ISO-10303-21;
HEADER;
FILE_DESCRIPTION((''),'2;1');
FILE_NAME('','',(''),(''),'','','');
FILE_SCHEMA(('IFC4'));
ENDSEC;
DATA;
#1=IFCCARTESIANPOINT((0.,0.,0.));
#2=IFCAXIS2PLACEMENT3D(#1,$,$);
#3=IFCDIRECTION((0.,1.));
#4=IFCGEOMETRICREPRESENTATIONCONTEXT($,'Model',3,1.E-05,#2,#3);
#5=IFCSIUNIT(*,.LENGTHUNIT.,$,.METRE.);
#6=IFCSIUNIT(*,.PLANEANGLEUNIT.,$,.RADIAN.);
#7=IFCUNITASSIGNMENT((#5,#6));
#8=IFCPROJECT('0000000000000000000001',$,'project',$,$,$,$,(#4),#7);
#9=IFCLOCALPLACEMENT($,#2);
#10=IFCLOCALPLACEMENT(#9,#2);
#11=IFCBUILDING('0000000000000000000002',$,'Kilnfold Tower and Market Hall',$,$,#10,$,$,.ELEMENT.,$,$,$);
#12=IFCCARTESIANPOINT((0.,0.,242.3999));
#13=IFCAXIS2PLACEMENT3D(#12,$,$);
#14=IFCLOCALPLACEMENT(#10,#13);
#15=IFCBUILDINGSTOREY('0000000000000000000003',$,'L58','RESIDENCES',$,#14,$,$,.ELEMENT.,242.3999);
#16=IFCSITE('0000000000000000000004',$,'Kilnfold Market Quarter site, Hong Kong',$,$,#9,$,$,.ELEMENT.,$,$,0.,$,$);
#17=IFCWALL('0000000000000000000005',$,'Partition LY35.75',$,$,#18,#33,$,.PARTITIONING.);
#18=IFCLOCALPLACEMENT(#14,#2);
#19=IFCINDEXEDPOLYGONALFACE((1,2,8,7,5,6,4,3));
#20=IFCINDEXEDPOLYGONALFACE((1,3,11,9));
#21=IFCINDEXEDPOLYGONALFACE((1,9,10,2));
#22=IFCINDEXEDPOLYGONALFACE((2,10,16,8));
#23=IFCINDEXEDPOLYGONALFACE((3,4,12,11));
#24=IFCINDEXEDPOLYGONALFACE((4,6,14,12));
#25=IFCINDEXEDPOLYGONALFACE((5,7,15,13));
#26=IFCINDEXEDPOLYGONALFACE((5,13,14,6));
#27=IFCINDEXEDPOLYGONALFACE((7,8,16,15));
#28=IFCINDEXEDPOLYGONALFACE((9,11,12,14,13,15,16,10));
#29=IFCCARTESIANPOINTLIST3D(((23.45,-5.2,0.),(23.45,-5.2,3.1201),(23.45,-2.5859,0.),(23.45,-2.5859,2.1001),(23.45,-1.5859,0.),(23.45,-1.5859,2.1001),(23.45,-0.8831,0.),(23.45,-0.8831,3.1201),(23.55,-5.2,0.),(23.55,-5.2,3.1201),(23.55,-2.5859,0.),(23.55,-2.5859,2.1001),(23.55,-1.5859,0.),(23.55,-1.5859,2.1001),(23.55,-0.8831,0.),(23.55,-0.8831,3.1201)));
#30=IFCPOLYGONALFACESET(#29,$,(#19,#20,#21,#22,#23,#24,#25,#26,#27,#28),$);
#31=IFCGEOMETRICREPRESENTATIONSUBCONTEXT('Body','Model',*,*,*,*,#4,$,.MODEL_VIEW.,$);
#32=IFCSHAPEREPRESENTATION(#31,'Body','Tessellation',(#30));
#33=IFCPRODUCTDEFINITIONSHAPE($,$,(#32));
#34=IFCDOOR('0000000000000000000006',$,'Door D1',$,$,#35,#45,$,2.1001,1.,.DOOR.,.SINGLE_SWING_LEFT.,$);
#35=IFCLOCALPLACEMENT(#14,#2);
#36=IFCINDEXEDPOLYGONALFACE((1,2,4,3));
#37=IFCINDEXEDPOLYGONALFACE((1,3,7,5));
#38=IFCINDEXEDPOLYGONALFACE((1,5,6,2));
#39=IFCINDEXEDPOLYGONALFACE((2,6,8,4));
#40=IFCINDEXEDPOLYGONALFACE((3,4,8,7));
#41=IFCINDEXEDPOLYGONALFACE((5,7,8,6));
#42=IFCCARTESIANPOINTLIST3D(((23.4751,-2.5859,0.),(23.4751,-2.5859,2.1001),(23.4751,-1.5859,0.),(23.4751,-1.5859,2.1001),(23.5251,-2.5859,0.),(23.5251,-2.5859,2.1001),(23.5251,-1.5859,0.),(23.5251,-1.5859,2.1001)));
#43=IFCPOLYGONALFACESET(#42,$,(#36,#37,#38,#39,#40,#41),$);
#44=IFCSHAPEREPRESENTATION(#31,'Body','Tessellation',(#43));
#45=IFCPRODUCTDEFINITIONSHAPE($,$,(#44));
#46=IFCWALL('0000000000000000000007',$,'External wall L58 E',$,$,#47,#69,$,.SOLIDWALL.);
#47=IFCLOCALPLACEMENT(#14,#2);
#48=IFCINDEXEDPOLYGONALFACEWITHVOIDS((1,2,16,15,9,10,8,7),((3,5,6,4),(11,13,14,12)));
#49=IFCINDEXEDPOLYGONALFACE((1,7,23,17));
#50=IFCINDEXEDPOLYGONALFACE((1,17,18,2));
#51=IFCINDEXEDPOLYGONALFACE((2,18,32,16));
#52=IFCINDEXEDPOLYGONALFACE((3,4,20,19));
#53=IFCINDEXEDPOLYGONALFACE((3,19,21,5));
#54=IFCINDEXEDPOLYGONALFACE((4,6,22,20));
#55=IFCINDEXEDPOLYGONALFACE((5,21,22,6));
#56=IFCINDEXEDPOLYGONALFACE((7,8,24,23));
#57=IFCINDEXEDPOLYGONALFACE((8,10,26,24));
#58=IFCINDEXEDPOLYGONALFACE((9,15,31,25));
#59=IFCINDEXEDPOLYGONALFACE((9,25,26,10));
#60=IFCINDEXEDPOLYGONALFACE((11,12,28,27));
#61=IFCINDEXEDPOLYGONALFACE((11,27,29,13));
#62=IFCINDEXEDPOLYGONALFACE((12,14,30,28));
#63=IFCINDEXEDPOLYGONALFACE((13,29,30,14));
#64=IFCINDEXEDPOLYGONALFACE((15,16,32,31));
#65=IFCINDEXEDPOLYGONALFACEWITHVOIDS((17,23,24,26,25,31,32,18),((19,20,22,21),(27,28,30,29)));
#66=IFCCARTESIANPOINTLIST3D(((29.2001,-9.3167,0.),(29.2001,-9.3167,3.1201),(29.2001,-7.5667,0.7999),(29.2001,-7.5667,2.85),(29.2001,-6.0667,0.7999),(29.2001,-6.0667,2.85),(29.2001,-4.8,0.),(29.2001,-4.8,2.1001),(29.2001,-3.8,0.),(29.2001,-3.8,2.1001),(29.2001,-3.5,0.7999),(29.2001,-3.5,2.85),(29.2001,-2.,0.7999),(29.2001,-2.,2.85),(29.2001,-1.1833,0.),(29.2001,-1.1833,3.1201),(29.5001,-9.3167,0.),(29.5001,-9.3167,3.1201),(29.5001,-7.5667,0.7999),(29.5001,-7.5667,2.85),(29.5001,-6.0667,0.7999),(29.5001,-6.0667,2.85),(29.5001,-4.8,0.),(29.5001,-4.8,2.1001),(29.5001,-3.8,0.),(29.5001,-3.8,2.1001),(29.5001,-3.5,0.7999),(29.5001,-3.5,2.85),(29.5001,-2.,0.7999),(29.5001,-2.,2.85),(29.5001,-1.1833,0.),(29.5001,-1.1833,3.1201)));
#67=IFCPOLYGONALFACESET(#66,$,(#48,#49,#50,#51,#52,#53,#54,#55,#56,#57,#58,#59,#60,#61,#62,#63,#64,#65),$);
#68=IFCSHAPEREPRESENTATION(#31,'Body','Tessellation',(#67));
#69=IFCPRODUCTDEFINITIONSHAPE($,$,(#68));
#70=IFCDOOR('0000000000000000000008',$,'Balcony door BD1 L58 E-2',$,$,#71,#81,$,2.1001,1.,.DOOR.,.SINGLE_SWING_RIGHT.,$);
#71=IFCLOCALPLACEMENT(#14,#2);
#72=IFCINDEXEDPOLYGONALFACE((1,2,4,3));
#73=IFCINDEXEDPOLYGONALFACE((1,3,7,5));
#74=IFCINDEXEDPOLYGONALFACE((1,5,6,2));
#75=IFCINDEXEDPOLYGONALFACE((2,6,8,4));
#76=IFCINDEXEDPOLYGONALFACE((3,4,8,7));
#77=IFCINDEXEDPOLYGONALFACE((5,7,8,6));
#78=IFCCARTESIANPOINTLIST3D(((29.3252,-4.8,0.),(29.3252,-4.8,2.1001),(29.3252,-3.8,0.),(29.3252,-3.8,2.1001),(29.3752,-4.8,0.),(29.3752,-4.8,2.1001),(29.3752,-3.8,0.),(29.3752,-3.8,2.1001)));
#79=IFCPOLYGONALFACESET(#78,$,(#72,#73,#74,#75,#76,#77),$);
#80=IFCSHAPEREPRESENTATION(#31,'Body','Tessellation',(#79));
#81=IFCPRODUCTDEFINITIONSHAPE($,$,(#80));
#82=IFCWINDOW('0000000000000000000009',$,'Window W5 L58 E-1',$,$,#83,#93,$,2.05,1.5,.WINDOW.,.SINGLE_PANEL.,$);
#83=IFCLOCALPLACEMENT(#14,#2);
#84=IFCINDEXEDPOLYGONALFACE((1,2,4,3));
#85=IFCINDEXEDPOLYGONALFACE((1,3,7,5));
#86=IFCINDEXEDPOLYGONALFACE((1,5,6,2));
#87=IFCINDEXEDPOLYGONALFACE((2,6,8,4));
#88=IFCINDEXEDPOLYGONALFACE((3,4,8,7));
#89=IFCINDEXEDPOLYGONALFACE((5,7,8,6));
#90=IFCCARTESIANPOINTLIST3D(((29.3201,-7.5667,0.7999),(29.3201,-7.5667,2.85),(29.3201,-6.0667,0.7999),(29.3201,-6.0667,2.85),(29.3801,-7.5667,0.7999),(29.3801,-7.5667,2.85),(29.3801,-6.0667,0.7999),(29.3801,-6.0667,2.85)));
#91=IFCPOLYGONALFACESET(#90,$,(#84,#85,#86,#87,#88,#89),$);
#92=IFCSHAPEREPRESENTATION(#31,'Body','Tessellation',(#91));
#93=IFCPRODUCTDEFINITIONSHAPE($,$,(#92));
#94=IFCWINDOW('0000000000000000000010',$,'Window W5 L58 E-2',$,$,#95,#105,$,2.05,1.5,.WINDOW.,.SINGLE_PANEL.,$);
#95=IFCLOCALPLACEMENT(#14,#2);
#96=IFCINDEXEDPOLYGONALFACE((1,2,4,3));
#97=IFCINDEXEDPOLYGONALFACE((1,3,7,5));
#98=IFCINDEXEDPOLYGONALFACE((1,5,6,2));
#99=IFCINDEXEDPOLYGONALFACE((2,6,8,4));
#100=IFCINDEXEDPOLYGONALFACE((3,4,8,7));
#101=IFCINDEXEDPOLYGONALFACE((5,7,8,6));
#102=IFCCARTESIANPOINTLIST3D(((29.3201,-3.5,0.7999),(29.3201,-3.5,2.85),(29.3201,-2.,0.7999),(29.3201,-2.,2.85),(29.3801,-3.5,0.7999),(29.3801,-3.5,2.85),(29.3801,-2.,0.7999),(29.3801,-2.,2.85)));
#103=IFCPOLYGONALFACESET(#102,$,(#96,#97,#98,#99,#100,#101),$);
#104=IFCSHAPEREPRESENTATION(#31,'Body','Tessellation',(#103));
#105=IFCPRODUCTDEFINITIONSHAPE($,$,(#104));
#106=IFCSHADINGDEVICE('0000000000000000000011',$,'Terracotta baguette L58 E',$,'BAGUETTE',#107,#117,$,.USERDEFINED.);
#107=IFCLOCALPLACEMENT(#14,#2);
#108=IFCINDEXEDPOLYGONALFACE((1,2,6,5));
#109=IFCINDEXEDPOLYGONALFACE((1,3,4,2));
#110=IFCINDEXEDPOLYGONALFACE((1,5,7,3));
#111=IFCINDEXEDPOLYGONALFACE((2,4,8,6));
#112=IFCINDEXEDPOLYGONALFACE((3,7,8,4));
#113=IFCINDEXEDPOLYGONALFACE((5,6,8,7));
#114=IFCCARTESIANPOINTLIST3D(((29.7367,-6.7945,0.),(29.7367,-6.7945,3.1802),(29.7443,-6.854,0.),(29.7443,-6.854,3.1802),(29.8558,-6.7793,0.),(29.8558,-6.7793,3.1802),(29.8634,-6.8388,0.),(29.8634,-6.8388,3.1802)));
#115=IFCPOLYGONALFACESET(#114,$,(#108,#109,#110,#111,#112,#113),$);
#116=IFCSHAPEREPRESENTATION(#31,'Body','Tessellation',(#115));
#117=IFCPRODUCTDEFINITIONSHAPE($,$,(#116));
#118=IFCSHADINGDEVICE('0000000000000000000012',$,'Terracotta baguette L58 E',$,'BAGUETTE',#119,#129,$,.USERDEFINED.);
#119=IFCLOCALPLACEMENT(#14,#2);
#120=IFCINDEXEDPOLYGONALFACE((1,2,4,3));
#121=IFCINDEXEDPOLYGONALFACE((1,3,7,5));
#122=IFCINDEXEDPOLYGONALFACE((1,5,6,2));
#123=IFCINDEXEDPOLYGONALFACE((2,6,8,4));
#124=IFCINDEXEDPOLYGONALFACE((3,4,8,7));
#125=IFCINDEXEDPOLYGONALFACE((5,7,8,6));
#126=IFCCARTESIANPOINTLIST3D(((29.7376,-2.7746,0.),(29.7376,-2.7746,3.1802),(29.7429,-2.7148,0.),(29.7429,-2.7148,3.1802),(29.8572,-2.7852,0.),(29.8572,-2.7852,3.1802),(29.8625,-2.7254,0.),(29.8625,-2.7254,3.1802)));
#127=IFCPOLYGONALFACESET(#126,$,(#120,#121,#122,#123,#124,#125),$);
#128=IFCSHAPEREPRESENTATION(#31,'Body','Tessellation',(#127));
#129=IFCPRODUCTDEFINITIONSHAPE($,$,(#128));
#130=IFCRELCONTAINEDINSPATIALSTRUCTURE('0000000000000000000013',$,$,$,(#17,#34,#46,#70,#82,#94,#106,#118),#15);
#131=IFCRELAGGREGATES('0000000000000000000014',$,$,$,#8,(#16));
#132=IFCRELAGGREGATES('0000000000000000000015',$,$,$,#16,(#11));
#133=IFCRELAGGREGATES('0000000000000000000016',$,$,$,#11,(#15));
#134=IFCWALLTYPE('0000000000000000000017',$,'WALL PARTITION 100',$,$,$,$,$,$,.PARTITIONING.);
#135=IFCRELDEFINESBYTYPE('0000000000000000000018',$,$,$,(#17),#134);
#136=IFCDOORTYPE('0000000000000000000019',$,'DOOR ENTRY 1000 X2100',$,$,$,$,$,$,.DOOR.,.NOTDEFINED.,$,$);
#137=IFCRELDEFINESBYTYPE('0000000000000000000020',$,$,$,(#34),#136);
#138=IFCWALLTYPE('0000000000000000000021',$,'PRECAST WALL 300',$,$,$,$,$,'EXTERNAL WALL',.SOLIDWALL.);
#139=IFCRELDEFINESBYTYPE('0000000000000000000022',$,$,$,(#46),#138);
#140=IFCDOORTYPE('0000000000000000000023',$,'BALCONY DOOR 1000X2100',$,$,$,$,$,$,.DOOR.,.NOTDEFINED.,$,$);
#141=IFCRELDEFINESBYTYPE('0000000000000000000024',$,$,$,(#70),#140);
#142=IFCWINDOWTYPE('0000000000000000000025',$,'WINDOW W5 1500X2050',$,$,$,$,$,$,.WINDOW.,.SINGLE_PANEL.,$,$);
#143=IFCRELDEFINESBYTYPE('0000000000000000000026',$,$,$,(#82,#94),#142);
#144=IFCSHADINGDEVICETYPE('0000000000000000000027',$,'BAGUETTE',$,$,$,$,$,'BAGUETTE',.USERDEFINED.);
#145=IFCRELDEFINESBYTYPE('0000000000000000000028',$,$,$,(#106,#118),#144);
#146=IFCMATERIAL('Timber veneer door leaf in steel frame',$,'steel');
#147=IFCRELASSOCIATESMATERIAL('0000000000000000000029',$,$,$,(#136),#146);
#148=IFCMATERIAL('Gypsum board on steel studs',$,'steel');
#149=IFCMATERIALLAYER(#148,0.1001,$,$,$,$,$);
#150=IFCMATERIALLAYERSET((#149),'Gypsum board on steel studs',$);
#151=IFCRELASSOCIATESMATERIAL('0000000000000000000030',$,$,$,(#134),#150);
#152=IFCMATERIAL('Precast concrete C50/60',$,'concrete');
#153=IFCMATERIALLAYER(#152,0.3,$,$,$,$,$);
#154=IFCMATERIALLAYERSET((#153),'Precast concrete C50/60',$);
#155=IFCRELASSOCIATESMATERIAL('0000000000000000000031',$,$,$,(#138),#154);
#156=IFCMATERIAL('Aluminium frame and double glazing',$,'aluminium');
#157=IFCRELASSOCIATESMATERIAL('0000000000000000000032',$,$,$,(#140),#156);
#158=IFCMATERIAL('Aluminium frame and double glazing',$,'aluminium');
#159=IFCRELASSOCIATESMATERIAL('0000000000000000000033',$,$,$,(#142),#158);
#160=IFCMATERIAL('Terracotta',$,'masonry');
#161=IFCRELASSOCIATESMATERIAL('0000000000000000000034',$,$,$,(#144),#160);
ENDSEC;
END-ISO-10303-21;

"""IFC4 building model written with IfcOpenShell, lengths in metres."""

from ifc_helpers import new_model, si_unit, direction, frame, frame_2d, origin, origin_2d, place, context, subcontext, project, spatial, rectangle, extrude, source, transform, mapped, material, layer, layer_set, material_profile, profile_set, type_object, element, fill, save


model = new_model("IFC4")

# Units and contexts
model_context = context("Model", 3, precision=1e-05, world=origin(), true_north=direction((0.0, 1.0)))
body_context = subcontext(model_context, "Body", "Model", "MODEL_VIEW")
ifc_project = project(units=[si_unit("LENGTHUNIT", "METRE"), si_unit("PLANEANGLEUNIT", "RADIAN")], contexts=[model_context])

# Site, building, storey
site_placement = place(None, origin())
site = spatial("IfcSite", under=ifc_project, at=site_placement, Name="Kilnfold Market Quarter site, Hong Kong", CompositionType="ELEMENT", RefElevation=0.0)
building_placement = place(site_placement, origin())
building = spatial("IfcBuilding", under=site, at=building_placement, Name="Kilnfold Tower and Market Hall", CompositionType="ELEMENT")
storey_placement = place(building_placement, frame((0.0, 0.0, 242.3999)))
storey = spatial("IfcBuildingStorey", under=building, at=storey_placement, Name="L58", Description="RESIDENCES", CompositionType="ELEMENT", Elevation=242.3999)

# Wall, opening, door
ifc_material_1 = material(Name="Timber veneer door leaf in steel frame", Category="steel")
door_type_1 = type_object("IfcDoorType", Name="DOOR ENTRY 1000 X2100", OperationType="NOTDEFINED", PredefinedType="DOOR", material=ifc_material_1)
ifc_material_2 = material(Name="Gypsum board on steel studs", Category="steel")
ifc_layer_1 = layer(ifc_material_2, 0.1001)
ifc_layer_set_1 = layer_set([ifc_layer_1], Name="Gypsum board on steel studs")
wall_type_1 = type_object("IfcWallType", Name="WALL PARTITION 100", PredefinedType="PARTITIONING", material=ifc_layer_set_1)
wall_1_placement = place(storey_placement, frame((23.5, -5.2, 0.0), z_axis=(0.0, 0.0, 1.0), x_axis=(0.0, 1.0, 0.0)))
wall_1 = element("IfcWall", 1, at=wall_1_placement, inside=storey, type_object=wall_type_1, Name="Partition LY35.75", PredefinedType="PARTITIONING", context=body_context, shape_type="SweptSolid", body=[
    extrude(rectangle(XDim=4.3169, YDim=0.1001, at=frame_2d((2.1584, 0.0))), origin(), (0.0, 0.0, 1.0), 3.1201),
])
opening_1_placement = place(wall_1_placement, frame((2.614, 0.0, 0.0)))
opening_1 = element("IfcOpeningElement", 2, at=opening_1_placement, cuts=wall_1, PredefinedType="OPENING", context=body_context, shape_type="SweptSolid", body=[
    extrude(rectangle(XDim=1.0, YDim=2.1001, at=frame_2d((0.5, 1.05))), frame((0.0, 0.0601, 0.0), z_axis=(0.0, -1.0, 0.0), x_axis=(1.0, 0.0, 0.0)), (0.0, 0.0, 1.0), 0.1201),
])
door_1_placement = place(opening_1_placement, origin())
door_1 = element("IfcDoor", 3, at=door_1_placement, inside=storey, type_object=door_type_1, Name="Door D1", OperationType="SINGLE_SWING_LEFT", OverallHeight=2.1001, OverallWidth=1.0, PredefinedType="DOOR", context=body_context, shape_type="SweptSolid", body=[
    extrude(rectangle(XDim=1.0, YDim=2.1001, at=frame_2d((0.5, 1.05))), frame((0.0, 0.0249, 0.0), z_axis=(0.0, -1.0, 0.0), x_axis=(1.0, 0.0, 0.0)), (0.0, 0.0, 1.0), 0.05),
])
fill(opening_1, door_1)

# Wall, openings, door, windows
ifc_material_3 = material(Name="Precast concrete C50/60", Category="concrete")
ifc_layer_2 = layer(ifc_material_3, 0.3)
ifc_layer_set_2 = layer_set([ifc_layer_2], Name="Precast concrete C50/60")
wall_type_2 = type_object("IfcWallType", Name="PRECAST WALL 300", ElementType="EXTERNAL WALL", PredefinedType="SOLIDWALL", material=ifc_layer_set_2)
shared_shape_1 = source(origin(), body_context, "Body", "SweptSolid", [
    extrude(rectangle(XDim=8.1333, YDim=0.3, at=frame_2d((4.0667, 0.0))), origin(), (0.0, 0.0, 1.0), 3.1201),
])
wall_2_placement = place(storey_placement, frame((29.3501, -9.3167, 0.0), z_axis=(0.0, 0.0, 1.0), x_axis=(0.0, 1.0, 0.0)))
wall_2 = element("IfcWall", 4, at=wall_2_placement, inside=storey, type_object=wall_type_2, Name="External wall L58 E", PredefinedType="SOLIDWALL", context=body_context, shape_type="MappedRepresentation", body=[
    mapped(shared_shape_1, transform((0.0, 0.0, 0.0))),
])
opening_2_placement = place(wall_2_placement, frame((1.75, 0.0, 0.8)))
opening_2 = element("IfcOpeningElement", 5, at=opening_2_placement, cuts=wall_2, PredefinedType="OPENING", context=body_context, shape_type="SweptSolid", body=[
    extrude(rectangle(XDim=1.5, YDim=2.05, at=frame_2d((0.75, 1.0249))), frame((0.0, 0.1602, 0.0), z_axis=(0.0, -1.0, 0.0), x_axis=(1.0, 0.0, 0.0)), (0.0, 0.0, 1.0), 0.3201),
])
opening_3_placement = place(wall_2_placement, frame((5.8167, 0.0, 0.8)))
opening_3 = element("IfcOpeningElement", 6, at=opening_3_placement, cuts=wall_2, PredefinedType="OPENING", context=body_context, shape_type="SweptSolid", body=[
    extrude(rectangle(XDim=1.5, YDim=2.05, at=frame_2d((0.75, 1.0249))), frame((0.0, 0.1602, 0.0), z_axis=(0.0, -1.0, 0.0), x_axis=(1.0, 0.0, 0.0)), (0.0, 0.0, 1.0), 0.3201),
])
opening_4_placement = place(wall_2_placement, frame((4.5166, 0.0, 0.0)))
opening_4 = element("IfcOpeningElement", 7, at=opening_4_placement, cuts=wall_2, PredefinedType="OPENING", context=body_context, shape_type="SweptSolid", body=[
    extrude(rectangle(XDim=1.0, YDim=2.1001, at=frame_2d((0.5, 1.05))), frame((0.0, 0.1602, 0.0), z_axis=(0.0, -1.0, 0.0), x_axis=(1.0, 0.0, 0.0)), (0.0, 0.0, 1.0), 0.3201),
])
ifc_material_4 = material(Name="Aluminium frame and double glazing", Category="aluminium")
door_type_2 = type_object("IfcDoorType", Name="BALCONY DOOR 1000X2100", OperationType="NOTDEFINED", PredefinedType="DOOR", material=ifc_material_4)
door_2_placement = place(opening_4_placement, origin())
door_2 = element("IfcDoor", 8, at=door_2_placement, inside=storey, type_object=door_type_2, Name="Balcony door BD1 L58 E-2", OperationType="SINGLE_SWING_RIGHT", OverallHeight=2.1001, OverallWidth=1.0, PredefinedType="DOOR", context=body_context, shape_type="SweptSolid", body=[
    extrude(rectangle(XDim=1.0, YDim=2.1001, at=frame_2d((0.5, 1.05))), frame((0.0, 0.0249, 0.0), z_axis=(0.0, -1.0, 0.0), x_axis=(1.0, 0.0, 0.0)), (0.0, 0.0, 1.0), 0.05),
])
fill(opening_4, door_2)
ifc_material_5 = material(Name="Aluminium frame and double glazing", Category="aluminium")
window_type = type_object("IfcWindowType", Name="WINDOW W5 1500X2050", PartitioningType="SINGLE_PANEL", PredefinedType="WINDOW", material=ifc_material_5)
window_1_placement = place(opening_2_placement, origin())
window_1 = element("IfcWindow", 9, at=window_1_placement, inside=storey, type_object=window_type, Name="Window W5 L58 E-1", OverallHeight=2.05, OverallWidth=1.5, PartitioningType="SINGLE_PANEL", PredefinedType="WINDOW", context=body_context, shape_type="SweptSolid", body=[
    extrude(rectangle(XDim=1.5, YDim=2.05, at=frame_2d((0.75, 1.0249))), frame((0.0, 0.03, 0.0), z_axis=(0.0, -1.0, 0.0), x_axis=(1.0, 0.0, 0.0)), (0.0, 0.0, 1.0), 0.0601),
])
fill(opening_2, window_1)
window_2_placement = place(opening_3_placement, origin())
window_2 = element("IfcWindow", 10, at=window_2_placement, inside=storey, type_object=window_type, Name="Window W5 L58 E-2", OverallHeight=2.05, OverallWidth=1.5, PartitioningType="SINGLE_PANEL", PredefinedType="WINDOW", context=body_context, shape_type="SweptSolid", body=[
    extrude(rectangle(XDim=1.5, YDim=2.05, at=frame_2d((0.75, 1.0249))), frame((0.0, 0.03, 0.0), z_axis=(0.0, -1.0, 0.0), x_axis=(1.0, 0.0, 0.0)), (0.0, 0.0, 1.0), 0.0601),
])
fill(opening_3, window_2)

# Shading devices
ifc_material_6 = material(Name="Terracotta", Category="masonry")
ifc_material_profile_1 = material_profile(ifc_material_6, rectangle(XDim=0.0601, YDim=0.1201, at=origin_2d()), Name="BAG 60x120")
ifc_profile_set_1 = profile_set([ifc_material_profile_1], Name="Terracotta")
shading_device_type = type_object("IfcShadingDeviceType", Name="BAGUETTE", ElementType="BAGUETTE", PredefinedType="USERDEFINED", material=ifc_profile_set_1)
shared_shape_2 = source(origin(), body_context, "Body", "SweptSolid", [
    extrude(rectangle(XDim=0.0601, YDim=0.1201, at=origin_2d()), origin(), (0.0, 0.0, 1.0), 3.1802),
])
for number, where, z_axis, x_axis, name in (
    (11, (29.8, -6.8167, 0.0), (0.0, 0.0, 1.0), (-0.126706, 0.99194, 0.0), "Terracotta baguette L58 E"),
    (12, (29.8, -2.75, 0.0), (0.0, 0.0, 1.0), (0.087907, 0.996129, 0.0), "Terracotta baguette L58 E"),
):
    element("IfcShadingDevice", number, at=place(storey_placement, frame(where, z_axis=z_axis, x_axis=x_axis)), inside=storey, type_object=shading_device_type, Name=name, ObjectType="BAGUETTE", PredefinedType="USERDEFINED", context=body_context, shape_type="MappedRepresentation", body=[
        mapped(shared_shape_2, transform((0.0, 0.0, 0.0))),
    ])

save(model, "model.ifc")
